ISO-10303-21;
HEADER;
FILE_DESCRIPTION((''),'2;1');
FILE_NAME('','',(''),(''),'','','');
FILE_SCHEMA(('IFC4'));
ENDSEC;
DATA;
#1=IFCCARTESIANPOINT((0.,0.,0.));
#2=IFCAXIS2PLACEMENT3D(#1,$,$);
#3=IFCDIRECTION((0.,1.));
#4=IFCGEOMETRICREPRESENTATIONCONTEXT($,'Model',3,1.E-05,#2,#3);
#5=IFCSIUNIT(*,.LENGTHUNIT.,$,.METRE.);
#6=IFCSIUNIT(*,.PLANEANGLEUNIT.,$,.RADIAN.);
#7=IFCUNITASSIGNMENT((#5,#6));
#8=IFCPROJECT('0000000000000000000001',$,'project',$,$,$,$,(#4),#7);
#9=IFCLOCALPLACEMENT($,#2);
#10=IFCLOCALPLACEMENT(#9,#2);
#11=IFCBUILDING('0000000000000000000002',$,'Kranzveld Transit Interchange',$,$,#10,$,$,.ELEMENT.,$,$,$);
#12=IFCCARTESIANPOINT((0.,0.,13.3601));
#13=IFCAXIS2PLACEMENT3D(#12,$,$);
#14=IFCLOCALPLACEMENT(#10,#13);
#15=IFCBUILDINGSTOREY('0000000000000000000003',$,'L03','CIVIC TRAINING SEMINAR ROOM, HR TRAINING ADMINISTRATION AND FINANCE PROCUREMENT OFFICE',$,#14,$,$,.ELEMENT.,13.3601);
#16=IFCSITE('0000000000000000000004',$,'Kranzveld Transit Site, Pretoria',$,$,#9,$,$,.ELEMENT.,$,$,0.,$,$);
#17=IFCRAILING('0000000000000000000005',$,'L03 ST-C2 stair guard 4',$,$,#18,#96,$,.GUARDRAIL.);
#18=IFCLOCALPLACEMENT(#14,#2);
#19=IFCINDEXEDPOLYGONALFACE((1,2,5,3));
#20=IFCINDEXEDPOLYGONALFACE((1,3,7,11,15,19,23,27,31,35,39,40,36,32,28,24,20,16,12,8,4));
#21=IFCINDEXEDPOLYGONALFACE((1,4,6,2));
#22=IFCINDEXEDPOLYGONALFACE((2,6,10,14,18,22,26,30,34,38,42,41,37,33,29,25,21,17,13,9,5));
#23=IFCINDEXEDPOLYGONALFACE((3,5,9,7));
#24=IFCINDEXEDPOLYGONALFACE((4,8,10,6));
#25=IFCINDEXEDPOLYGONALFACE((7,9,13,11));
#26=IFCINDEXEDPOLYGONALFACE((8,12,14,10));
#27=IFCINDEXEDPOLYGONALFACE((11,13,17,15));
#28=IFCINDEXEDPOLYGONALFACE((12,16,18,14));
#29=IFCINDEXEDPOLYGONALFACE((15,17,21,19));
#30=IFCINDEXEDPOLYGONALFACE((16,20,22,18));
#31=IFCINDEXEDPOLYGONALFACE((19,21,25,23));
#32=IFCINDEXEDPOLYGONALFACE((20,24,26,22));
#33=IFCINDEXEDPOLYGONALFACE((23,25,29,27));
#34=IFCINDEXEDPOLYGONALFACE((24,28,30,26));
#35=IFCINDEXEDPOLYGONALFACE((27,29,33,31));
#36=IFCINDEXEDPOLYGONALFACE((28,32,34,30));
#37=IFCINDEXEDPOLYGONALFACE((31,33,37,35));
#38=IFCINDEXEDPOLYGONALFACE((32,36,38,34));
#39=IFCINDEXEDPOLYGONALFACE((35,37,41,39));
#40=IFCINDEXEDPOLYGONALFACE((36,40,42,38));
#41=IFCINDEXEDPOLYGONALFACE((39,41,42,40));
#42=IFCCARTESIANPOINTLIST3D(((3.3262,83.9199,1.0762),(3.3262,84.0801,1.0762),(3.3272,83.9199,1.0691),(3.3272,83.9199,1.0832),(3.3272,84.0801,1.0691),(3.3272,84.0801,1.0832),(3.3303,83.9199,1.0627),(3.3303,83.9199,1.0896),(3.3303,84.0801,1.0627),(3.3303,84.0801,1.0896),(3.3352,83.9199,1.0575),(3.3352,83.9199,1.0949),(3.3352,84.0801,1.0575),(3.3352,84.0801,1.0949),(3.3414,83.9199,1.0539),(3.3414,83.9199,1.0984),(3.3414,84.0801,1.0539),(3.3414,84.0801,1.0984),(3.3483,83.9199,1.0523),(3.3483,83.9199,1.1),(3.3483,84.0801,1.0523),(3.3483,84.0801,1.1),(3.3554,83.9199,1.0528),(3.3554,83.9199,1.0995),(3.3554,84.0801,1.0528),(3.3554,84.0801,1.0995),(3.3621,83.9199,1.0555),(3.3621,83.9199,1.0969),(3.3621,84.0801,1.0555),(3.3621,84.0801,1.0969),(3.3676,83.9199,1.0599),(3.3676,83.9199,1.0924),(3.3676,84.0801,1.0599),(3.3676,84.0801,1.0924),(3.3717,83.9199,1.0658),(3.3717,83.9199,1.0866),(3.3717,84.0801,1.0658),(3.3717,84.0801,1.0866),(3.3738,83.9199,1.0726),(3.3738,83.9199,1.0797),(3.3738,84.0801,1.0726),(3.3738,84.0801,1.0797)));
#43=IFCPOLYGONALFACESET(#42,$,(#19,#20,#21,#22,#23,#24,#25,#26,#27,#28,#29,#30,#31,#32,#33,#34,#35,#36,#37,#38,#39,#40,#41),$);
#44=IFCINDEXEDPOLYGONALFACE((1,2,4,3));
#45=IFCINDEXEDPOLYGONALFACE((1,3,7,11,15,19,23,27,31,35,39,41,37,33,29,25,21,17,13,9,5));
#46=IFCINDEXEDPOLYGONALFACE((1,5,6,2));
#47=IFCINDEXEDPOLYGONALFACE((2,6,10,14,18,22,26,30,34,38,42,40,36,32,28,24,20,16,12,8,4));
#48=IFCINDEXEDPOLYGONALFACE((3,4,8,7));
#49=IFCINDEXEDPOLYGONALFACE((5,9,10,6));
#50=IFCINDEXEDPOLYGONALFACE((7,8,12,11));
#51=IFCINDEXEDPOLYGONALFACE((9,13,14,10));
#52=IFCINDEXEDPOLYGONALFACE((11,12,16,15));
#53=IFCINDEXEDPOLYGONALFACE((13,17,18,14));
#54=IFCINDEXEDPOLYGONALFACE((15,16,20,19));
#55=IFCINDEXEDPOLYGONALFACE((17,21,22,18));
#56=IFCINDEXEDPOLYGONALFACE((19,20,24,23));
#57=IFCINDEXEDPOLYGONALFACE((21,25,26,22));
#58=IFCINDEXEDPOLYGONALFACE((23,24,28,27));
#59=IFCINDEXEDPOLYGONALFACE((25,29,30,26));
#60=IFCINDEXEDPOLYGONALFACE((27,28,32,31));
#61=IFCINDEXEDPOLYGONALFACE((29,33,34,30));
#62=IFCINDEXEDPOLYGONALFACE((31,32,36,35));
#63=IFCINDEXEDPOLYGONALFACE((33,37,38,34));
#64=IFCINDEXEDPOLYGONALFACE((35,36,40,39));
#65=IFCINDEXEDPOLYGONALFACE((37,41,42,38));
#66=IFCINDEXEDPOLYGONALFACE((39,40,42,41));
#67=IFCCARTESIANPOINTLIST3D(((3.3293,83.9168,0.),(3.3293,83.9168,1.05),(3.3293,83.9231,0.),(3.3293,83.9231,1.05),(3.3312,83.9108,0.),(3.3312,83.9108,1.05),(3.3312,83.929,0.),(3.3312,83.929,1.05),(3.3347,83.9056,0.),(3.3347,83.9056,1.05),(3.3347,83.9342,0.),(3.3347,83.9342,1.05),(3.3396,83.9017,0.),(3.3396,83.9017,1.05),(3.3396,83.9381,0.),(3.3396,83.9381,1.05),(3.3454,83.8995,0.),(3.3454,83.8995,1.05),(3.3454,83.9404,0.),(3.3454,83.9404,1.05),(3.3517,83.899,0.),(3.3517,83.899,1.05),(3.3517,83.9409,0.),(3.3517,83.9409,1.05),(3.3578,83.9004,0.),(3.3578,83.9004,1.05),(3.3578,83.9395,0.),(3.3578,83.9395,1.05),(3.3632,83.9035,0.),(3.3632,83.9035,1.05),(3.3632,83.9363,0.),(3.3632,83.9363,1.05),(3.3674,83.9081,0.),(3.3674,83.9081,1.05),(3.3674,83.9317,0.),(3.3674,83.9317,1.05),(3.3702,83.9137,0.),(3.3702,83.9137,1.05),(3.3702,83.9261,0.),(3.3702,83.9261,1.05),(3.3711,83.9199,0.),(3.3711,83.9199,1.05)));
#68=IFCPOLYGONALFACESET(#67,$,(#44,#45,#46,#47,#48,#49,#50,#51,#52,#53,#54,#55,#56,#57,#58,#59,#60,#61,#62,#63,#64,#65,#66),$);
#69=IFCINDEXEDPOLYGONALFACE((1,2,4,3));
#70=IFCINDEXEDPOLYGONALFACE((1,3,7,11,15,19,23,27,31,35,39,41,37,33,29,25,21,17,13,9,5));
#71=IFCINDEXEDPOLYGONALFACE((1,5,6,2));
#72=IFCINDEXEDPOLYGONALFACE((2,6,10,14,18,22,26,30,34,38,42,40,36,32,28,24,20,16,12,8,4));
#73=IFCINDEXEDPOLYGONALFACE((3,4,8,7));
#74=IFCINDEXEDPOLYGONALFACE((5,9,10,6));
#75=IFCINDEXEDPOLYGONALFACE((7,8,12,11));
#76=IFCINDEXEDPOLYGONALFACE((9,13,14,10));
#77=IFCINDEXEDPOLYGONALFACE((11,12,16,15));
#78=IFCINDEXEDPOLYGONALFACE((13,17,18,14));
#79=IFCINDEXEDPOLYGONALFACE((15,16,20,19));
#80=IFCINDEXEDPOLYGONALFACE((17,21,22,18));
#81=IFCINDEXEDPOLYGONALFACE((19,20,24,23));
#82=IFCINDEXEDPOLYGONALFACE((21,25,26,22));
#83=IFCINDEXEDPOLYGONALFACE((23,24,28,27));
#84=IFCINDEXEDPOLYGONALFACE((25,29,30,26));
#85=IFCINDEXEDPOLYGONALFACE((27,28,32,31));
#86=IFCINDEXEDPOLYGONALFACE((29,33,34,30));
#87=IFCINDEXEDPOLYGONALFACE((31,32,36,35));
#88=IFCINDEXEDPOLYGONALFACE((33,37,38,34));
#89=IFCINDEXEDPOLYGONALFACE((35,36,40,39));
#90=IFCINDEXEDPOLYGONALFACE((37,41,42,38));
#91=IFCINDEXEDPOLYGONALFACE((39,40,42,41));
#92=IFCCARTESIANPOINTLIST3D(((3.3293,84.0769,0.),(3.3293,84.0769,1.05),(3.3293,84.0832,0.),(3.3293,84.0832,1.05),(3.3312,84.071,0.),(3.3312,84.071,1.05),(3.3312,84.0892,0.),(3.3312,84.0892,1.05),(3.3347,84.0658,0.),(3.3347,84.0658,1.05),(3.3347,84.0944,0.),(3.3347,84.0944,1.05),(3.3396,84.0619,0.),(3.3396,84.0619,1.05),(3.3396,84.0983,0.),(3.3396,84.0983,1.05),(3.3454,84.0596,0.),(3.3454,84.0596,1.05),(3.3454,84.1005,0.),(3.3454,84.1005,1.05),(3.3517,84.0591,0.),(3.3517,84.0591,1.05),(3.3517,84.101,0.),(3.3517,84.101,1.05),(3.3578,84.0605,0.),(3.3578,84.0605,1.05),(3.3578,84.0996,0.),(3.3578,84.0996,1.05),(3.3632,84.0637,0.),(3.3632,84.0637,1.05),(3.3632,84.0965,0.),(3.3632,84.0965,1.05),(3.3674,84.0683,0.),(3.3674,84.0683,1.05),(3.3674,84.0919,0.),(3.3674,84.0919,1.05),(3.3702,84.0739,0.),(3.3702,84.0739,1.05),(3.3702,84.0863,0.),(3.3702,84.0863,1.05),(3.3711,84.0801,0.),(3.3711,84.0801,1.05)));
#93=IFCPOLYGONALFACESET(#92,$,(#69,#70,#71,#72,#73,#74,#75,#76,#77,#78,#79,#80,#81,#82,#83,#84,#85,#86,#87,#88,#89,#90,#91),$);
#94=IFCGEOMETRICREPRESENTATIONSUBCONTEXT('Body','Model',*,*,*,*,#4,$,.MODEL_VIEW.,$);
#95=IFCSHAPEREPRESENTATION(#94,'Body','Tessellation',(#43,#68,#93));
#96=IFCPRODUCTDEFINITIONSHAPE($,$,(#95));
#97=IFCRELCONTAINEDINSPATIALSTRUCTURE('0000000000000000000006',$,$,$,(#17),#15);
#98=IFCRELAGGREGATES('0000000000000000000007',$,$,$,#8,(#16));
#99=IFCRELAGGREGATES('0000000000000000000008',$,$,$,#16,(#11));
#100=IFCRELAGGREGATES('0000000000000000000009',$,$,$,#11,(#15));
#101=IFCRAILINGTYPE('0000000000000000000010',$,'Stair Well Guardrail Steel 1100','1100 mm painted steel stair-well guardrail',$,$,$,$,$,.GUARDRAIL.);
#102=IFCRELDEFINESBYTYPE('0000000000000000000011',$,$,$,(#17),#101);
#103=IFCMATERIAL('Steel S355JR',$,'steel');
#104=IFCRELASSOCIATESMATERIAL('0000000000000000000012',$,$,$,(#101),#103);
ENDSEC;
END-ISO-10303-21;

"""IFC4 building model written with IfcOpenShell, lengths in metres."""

from ifc_helpers import new_model, si_unit, direction, frame, origin, origin_2d, place, context, subcontext, project, spatial, circle, extrude, material, type_object, element, save


model = new_model("IFC4")

# Units and contexts
model_context = context("Model", 3, precision=1e-05, world=origin(), true_north=direction((0.0, 1.0)))
body_context = subcontext(model_context, "Body", "Model", "MODEL_VIEW")
ifc_project = project(units=[si_unit("LENGTHUNIT", "METRE"), si_unit("PLANEANGLEUNIT", "RADIAN")], contexts=[model_context])

# Site, building, storey
site_placement = place(None, origin())
site = spatial("IfcSite", under=ifc_project, at=site_placement, Name="Kranzveld Transit Site, Pretoria", CompositionType="ELEMENT", RefElevation=0.0)
building_placement = place(site_placement, origin())
building = spatial("IfcBuilding", under=site, at=building_placement, Name="Kranzveld Transit Interchange", CompositionType="ELEMENT")
storey_placement = place(building_placement, frame((0.0, 0.0, 13.3601)))
storey = spatial("IfcBuildingStorey", under=building, at=storey_placement, Name="L03", Description="CIVIC TRAINING SEMINAR ROOM, HR TRAINING ADMINISTRATION AND FINANCE PROCUREMENT OFFICE", CompositionType="ELEMENT", Elevation=13.3601)

# Railing
ifc_material_1 = material(Name="Steel S355JR", Category="steel")
railing_type_1 = type_object("IfcRailingType", Name="Stair Well Guardrail Steel 1100", Description="1100 mm painted steel stair-well guardrail", PredefinedType="GUARDRAIL", material=ifc_material_1)
railing_1_placement = place(storey_placement, frame((3.3501, 83.9199, 0.0)))
element("IfcRailing", 1, at=railing_1_placement, inside=storey, type_object=railing_type_1, Name="L03 ST-C2 stair guard 4", PredefinedType="GUARDRAIL", context=body_context, shape_type="SweptSolid", body=[
    extrude(circle(Radius=0.0239, at=origin_2d()), frame((0.0, 0.0, 1.0762), z_axis=(0.0, 1.0, 0.0), x_axis=(-1.0, 0.0, 0.0)), (0.0, 0.0, 1.0), 0.1602),
    extrude(circle(Radius=0.021, at=origin_2d()), origin(), (0.0, 0.0, 1.0), 1.05),
    extrude(circle(Radius=0.021, at=origin_2d()), frame((0.0, 0.1602, 0.0)), (0.0, 0.0, 1.0), 1.05),
])

save(model, "model.ifc")
